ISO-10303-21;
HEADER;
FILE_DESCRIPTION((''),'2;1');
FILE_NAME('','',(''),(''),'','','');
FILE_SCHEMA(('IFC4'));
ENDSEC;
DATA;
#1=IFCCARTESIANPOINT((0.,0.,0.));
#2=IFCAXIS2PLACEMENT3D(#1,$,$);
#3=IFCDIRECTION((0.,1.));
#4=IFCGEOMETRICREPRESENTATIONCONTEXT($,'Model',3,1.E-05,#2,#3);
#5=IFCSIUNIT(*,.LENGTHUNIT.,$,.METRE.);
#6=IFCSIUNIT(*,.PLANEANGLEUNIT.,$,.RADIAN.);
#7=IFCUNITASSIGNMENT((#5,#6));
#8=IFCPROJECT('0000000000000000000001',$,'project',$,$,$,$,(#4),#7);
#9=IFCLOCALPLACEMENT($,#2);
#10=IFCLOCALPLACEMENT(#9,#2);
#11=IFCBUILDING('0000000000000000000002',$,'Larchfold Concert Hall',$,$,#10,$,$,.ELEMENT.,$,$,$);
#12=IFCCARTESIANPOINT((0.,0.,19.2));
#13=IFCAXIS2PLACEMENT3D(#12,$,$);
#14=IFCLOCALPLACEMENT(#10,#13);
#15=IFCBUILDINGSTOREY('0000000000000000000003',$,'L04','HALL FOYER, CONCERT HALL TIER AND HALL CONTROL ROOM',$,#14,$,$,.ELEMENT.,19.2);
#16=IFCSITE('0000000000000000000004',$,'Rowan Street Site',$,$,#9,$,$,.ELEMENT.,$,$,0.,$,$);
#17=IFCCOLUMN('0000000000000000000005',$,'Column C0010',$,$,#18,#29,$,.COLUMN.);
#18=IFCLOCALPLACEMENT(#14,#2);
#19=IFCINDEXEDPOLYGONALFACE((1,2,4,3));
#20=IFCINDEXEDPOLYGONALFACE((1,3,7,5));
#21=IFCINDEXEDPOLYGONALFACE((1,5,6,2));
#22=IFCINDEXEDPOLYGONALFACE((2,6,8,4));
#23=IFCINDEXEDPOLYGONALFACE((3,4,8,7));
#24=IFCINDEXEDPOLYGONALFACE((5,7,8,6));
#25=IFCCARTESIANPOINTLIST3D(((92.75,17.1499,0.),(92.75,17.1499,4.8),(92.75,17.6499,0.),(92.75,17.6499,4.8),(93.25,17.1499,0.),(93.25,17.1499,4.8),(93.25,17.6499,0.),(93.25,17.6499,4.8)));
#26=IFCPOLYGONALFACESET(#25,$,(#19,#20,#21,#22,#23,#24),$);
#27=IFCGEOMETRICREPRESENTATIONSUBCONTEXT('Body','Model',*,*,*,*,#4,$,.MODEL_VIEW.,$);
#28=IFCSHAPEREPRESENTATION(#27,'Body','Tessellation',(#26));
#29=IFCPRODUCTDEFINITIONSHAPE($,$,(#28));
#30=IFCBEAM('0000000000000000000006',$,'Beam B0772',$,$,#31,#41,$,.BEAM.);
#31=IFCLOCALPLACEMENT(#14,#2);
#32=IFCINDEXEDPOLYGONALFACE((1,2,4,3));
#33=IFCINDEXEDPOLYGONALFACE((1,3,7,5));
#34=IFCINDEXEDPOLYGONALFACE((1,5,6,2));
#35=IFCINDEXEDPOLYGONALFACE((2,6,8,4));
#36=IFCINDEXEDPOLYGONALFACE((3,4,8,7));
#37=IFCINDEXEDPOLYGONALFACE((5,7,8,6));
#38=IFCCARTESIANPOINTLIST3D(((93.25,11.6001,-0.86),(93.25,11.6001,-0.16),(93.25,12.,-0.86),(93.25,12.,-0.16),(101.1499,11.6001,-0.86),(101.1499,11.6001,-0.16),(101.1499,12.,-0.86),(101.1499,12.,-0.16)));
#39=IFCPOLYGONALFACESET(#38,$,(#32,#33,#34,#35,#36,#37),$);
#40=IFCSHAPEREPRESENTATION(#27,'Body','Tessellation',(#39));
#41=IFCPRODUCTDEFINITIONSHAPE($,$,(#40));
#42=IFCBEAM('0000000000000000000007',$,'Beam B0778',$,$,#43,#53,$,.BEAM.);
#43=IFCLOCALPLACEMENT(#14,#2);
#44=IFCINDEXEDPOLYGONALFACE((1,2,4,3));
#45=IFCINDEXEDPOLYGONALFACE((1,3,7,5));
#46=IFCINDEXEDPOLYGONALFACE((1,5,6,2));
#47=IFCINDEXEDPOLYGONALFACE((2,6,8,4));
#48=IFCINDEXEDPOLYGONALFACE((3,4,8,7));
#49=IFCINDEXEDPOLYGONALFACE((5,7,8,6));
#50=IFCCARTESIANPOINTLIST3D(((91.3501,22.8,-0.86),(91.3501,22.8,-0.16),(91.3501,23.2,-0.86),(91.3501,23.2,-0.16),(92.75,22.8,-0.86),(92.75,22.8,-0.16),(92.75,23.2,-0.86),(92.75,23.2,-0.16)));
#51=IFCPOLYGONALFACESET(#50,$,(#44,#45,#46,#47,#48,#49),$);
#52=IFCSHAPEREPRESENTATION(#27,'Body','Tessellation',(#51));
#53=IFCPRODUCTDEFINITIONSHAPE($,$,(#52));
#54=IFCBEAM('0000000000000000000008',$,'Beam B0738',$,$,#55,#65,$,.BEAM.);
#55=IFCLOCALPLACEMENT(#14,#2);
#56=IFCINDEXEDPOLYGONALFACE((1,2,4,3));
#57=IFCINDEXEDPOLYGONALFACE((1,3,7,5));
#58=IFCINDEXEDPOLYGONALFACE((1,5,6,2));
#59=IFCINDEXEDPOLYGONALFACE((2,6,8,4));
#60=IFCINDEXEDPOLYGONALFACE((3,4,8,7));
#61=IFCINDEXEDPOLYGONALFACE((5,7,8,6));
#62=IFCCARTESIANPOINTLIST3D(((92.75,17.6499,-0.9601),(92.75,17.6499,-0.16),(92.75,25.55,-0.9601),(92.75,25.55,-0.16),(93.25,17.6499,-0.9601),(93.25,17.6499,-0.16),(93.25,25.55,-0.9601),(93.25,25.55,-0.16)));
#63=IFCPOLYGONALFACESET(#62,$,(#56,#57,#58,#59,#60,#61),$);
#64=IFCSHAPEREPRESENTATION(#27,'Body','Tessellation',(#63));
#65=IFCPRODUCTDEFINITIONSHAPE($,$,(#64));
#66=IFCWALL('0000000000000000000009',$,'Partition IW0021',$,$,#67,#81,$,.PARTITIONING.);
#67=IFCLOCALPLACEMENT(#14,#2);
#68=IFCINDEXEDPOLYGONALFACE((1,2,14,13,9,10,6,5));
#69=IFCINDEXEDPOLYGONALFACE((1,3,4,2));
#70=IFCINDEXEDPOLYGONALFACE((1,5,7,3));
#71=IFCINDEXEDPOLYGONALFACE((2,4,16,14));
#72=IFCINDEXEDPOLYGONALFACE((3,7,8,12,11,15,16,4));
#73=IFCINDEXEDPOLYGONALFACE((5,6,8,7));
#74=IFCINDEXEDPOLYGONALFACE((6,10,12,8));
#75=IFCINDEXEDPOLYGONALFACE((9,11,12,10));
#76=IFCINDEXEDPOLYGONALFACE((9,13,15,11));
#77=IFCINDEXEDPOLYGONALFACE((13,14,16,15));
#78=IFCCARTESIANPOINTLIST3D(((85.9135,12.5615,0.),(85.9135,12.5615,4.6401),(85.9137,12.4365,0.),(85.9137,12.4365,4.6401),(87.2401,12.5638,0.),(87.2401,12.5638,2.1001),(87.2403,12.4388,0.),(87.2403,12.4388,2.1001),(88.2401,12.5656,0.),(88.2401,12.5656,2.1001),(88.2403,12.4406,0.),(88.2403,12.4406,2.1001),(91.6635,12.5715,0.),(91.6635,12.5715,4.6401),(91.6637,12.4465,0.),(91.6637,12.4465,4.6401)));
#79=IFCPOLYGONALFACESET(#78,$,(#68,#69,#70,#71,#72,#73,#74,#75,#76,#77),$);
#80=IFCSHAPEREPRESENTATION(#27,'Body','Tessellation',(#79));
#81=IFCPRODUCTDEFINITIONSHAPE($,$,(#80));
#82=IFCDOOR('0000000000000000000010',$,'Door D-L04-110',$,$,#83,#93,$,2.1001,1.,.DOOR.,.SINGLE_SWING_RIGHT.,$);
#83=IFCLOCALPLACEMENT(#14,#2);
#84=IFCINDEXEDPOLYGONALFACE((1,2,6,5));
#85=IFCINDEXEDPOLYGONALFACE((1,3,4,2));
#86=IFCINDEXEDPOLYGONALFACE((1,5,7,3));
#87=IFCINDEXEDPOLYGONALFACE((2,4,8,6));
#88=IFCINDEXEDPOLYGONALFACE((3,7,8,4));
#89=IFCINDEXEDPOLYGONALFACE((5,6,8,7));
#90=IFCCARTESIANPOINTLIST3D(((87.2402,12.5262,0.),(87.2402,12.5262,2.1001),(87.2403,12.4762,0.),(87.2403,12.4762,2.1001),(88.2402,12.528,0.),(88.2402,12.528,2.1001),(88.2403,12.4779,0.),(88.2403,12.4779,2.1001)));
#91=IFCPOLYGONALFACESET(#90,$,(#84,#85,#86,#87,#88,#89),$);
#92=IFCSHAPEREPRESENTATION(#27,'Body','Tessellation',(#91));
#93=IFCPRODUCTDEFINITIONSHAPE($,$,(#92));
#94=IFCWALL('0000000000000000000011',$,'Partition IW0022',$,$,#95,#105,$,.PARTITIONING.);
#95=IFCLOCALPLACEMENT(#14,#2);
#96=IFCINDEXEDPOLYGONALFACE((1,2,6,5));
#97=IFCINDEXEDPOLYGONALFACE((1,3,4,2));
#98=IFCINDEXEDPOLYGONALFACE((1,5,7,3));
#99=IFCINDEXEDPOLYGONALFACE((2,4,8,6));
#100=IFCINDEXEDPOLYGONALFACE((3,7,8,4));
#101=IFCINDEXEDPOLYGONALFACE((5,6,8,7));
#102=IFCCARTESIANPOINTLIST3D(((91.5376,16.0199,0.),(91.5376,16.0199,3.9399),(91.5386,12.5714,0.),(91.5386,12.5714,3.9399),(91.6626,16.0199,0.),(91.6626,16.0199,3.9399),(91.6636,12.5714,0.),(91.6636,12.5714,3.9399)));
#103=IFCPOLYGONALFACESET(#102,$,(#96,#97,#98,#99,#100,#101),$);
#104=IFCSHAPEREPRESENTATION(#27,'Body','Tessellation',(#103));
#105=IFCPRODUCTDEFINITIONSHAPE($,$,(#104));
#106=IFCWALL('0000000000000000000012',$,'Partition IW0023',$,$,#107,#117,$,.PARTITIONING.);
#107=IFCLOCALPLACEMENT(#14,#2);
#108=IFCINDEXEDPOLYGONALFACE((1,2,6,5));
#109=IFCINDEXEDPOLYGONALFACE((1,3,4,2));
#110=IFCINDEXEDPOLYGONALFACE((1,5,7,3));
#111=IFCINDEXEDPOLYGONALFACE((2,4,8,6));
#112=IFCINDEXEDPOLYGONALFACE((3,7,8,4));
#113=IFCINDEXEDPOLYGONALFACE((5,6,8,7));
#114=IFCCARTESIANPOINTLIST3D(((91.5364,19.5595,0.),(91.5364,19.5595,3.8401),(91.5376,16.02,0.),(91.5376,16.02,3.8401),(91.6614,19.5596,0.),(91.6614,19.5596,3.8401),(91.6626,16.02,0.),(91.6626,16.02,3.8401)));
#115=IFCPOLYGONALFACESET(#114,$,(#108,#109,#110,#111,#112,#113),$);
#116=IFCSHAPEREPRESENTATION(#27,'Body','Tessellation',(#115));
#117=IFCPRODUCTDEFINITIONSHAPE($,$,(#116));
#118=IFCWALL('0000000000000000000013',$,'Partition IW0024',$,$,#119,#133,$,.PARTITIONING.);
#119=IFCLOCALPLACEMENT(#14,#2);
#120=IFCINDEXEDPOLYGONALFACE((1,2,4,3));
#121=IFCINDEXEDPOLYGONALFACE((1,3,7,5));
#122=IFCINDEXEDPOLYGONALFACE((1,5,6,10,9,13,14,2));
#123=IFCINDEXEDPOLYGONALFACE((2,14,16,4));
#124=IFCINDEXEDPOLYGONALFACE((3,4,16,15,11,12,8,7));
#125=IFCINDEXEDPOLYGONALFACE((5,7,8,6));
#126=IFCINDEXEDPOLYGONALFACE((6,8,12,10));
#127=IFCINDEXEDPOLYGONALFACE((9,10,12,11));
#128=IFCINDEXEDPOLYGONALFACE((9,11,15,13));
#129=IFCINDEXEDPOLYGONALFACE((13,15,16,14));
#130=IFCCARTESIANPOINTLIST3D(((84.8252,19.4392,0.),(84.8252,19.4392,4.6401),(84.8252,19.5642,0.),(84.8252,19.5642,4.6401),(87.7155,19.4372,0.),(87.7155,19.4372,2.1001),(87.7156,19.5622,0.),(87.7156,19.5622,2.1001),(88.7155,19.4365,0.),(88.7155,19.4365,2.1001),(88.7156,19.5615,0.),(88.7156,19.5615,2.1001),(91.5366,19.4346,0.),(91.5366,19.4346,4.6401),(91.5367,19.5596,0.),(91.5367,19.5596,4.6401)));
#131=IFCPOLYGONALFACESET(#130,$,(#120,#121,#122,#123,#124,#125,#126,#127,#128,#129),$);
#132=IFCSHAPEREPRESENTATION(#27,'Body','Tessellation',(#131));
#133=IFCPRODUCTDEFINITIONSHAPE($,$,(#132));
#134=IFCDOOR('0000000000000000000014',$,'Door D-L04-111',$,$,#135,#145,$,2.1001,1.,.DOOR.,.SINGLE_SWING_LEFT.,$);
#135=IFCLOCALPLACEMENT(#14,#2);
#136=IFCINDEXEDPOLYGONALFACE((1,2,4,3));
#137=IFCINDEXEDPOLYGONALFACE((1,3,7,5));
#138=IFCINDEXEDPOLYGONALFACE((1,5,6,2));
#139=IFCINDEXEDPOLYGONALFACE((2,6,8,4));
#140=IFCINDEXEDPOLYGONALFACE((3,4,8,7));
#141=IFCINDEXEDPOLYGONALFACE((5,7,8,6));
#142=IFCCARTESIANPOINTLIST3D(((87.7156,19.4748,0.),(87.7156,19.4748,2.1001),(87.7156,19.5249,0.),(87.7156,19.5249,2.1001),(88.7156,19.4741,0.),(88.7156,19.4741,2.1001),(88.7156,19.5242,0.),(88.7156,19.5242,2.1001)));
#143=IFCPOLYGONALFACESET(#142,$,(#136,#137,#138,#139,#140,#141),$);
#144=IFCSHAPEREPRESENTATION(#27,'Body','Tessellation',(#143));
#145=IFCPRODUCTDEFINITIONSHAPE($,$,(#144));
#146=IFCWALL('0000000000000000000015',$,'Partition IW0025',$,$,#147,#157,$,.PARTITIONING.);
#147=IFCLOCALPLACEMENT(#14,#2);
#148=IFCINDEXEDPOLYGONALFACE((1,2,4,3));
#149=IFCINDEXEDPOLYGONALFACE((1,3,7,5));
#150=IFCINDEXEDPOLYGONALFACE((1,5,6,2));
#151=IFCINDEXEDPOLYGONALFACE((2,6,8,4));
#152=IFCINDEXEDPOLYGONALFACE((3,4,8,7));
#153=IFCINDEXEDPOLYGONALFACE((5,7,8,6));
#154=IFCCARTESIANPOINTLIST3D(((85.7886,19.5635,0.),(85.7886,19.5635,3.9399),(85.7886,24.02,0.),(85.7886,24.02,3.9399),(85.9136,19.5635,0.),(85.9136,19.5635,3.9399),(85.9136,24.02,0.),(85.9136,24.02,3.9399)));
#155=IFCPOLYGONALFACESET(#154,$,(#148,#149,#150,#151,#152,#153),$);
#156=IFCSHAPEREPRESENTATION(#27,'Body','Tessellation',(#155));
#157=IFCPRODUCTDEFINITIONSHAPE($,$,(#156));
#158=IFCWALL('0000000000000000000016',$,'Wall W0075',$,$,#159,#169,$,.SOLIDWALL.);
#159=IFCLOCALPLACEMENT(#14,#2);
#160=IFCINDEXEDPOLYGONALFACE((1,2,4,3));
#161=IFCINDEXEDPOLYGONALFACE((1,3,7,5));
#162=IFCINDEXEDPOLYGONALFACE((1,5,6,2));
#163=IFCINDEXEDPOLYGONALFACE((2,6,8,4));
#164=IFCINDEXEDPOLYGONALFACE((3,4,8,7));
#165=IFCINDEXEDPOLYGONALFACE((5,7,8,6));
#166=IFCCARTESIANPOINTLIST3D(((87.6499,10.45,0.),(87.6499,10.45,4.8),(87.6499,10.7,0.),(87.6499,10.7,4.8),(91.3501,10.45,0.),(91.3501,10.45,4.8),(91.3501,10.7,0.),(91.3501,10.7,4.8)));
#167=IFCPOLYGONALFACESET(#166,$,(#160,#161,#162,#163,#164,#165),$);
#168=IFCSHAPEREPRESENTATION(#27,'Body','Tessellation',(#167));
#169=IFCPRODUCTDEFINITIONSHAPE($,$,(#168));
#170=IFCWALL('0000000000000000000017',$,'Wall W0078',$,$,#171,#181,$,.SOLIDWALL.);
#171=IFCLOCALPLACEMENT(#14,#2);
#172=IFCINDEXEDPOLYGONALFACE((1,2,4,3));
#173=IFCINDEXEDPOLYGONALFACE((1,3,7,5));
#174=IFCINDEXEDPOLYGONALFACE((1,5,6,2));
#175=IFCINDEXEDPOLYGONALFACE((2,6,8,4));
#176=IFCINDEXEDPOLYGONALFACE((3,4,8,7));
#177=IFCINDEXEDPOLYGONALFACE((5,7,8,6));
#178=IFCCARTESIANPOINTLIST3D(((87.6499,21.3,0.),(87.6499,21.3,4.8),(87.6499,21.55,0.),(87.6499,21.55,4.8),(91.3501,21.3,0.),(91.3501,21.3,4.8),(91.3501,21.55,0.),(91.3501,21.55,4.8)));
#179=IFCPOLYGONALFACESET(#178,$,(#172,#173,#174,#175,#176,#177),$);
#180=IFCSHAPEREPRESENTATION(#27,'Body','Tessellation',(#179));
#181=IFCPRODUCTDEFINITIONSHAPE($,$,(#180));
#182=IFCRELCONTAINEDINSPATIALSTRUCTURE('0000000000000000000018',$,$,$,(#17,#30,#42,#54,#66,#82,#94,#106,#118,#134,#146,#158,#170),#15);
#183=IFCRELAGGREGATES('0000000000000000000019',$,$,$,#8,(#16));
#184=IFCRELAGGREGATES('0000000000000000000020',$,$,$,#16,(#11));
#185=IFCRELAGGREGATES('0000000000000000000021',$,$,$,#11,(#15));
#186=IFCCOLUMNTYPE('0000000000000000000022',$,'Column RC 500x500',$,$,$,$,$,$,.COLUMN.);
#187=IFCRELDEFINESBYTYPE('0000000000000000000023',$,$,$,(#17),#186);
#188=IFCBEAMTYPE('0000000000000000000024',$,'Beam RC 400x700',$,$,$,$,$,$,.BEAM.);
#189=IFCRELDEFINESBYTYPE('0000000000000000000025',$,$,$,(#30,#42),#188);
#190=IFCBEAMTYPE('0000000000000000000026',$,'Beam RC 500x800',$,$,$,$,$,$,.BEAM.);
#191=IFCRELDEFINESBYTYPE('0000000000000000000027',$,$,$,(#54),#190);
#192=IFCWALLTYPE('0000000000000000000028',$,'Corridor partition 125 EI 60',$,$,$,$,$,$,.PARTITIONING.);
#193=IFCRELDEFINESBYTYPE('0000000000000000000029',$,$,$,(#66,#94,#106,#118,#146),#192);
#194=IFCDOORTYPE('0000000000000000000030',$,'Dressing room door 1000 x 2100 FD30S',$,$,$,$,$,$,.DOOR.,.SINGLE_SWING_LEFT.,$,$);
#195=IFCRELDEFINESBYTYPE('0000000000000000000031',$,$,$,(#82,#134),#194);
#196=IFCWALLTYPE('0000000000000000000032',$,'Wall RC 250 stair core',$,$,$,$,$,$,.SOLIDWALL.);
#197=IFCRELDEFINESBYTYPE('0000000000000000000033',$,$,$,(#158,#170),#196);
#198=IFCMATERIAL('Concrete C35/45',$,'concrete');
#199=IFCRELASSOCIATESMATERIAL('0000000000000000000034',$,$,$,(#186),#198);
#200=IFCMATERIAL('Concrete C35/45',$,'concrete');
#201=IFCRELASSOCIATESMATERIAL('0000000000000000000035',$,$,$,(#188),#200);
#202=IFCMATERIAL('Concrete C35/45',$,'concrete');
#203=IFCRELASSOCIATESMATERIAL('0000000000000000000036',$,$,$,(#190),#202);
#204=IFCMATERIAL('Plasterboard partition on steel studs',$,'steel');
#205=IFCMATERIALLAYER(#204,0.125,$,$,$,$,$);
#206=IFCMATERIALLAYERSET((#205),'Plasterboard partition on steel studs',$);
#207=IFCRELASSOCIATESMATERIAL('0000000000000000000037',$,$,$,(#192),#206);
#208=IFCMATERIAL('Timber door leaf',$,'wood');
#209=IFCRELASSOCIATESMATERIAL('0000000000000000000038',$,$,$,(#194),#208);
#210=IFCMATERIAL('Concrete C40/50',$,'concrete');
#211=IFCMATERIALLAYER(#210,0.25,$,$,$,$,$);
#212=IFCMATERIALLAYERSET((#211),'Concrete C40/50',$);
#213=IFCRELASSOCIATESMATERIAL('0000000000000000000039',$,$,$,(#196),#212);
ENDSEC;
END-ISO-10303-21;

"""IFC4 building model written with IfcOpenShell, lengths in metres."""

from ifc_helpers import new_model, si_unit, direction, frame, frame_2d, origin, origin_2d, place, context, subcontext, project, spatial, rectangle, extrude, material, layer, layer_set, material_profile, profile_set, type_object, element, fill, save


model = new_model("IFC4")

# Units and contexts
model_context = context("Model", 3, precision=1e-05, world=origin(), true_north=direction((0.0, 1.0)))
body_context = subcontext(model_context, "Body", "Model", "MODEL_VIEW")
ifc_project = project(units=[si_unit("LENGTHUNIT", "METRE"), si_unit("PLANEANGLEUNIT", "RADIAN")], contexts=[model_context])

# Site, building, storey
site_placement = place(None, origin())
site = spatial("IfcSite", under=ifc_project, at=site_placement, Name="Rowan Street Site", CompositionType="ELEMENT", RefElevation=0.0)
building_placement = place(site_placement, origin())
building = spatial("IfcBuilding", under=site, at=building_placement, Name="Larchfold Concert Hall", CompositionType="ELEMENT")
storey_placement = place(building_placement, frame((0.0, 0.0, 19.2)))
storey = spatial("IfcBuildingStorey", under=building, at=storey_placement, Name="L04", Description="HALL FOYER, CONCERT HALL TIER AND HALL CONTROL ROOM", CompositionType="ELEMENT", Elevation=19.2)

# Column
ifc_material_1 = material(Name="Concrete C35/45", Category="concrete")
ifc_material_profile_1 = material_profile(ifc_material_1, rectangle(XDim=0.5, YDim=0.5, at=origin_2d()))
ifc_profile_set_1 = profile_set([ifc_material_profile_1], Name="Concrete C35/45")
column_type = type_object("IfcColumnType", Name="Column RC 500x500", PredefinedType="COLUMN", material=ifc_profile_set_1)
column_placement = place(storey_placement, frame((93.0, 17.3999, 0.0), z_axis=(0.0, 0.0, 1.0), x_axis=(1.0, 0.0, 0.0)))
element("IfcColumn", 1, at=column_placement, inside=storey, type_object=column_type, Name="Column C0010", PredefinedType="COLUMN", context=body_context, shape_type="SweptSolid", body=[
    extrude(rectangle(XDim=0.5, YDim=0.5, at=origin_2d()), origin(), (0.0, 0.0, 1.0), 4.8),
])

# Beams
ifc_material_2 = material(Name="Concrete C35/45", Category="concrete")
ifc_material_profile_2 = material_profile(ifc_material_2, rectangle(XDim=0.3999, YDim=0.7, at=origin_2d()))
ifc_profile_set_2 = profile_set([ifc_material_profile_2], Name="Concrete C35/45")
beam_type_1 = type_object("IfcBeamType", Name="Beam RC 400x700", PredefinedType="BEAM", material=ifc_profile_set_2)
beam_1_placement = place(storey_placement, frame((93.25, 11.8, -0.51), z_axis=(1.0, 0.0, 0.0), x_axis=(0.0, 1.0, 0.0)))
element("IfcBeam", 2, at=beam_1_placement, inside=storey, type_object=beam_type_1, Name="Beam B0772", PredefinedType="BEAM", context=body_context, shape_type="SweptSolid", body=[
    extrude(rectangle(XDim=0.3999, YDim=0.7, at=origin_2d()), origin(), (0.0, 0.0, 1.0), 7.8999),
])
beam_2_placement = place(storey_placement, frame((91.3501, 23.0, -0.51), z_axis=(1.0, 0.0, 0.0), x_axis=(0.0, 1.0, 0.0)))
element("IfcBeam", 3, at=beam_2_placement, inside=storey, type_object=beam_type_1, Name="Beam B0778", PredefinedType="BEAM", context=body_context, shape_type="SweptSolid", body=[
    extrude(rectangle(XDim=0.3999, YDim=0.7, at=origin_2d()), origin(), (0.0, 0.0, 1.0), 1.3999),
])
ifc_material_3 = material(Name="Concrete C35/45", Category="concrete")
ifc_material_profile_3 = material_profile(ifc_material_3, rectangle(XDim=0.5, YDim=0.8, at=origin_2d()))
ifc_profile_set_3 = profile_set([ifc_material_profile_3], Name="Concrete C35/45")
beam_type_2 = type_object("IfcBeamType", Name="Beam RC 500x800", PredefinedType="BEAM", material=ifc_profile_set_3)
beam_3_placement = place(storey_placement, frame((93.0, 17.6499, -0.5601), z_axis=(0.0, 1.0, 0.0), x_axis=(-1.0, 0.0, 0.0)))
element("IfcBeam", 4, at=beam_3_placement, inside=storey, type_object=beam_type_2, Name="Beam B0738", PredefinedType="BEAM", context=body_context, shape_type="SweptSolid", body=[
    extrude(rectangle(XDim=0.5, YDim=0.8, at=origin_2d()), origin(), (0.0, 0.0, 1.0), 7.9001),
])

# Wall, opening, door
ifc_material_4 = material(Name="Plasterboard partition on steel studs", Category="steel")
ifc_layer_1 = layer(ifc_material_4, 0.125)
ifc_layer_set_1 = layer_set([ifc_layer_1], Name="Plasterboard partition on steel studs")
wall_type_1 = type_object("IfcWallType", Name="Corridor partition 125 EI 60", PredefinedType="PARTITIONING", material=ifc_layer_set_1)
wall_1_placement = place(storey_placement, frame((85.9136, 12.499, 0.0), z_axis=(0.0, 0.0, 1.0), x_axis=(0.999998, 0.001741, 0.0)))
wall_1 = element("IfcWall", 5, at=wall_1_placement, inside=storey, type_object=wall_type_1, Name="Partition IW0021", PredefinedType="PARTITIONING", context=body_context, shape_type="SweptSolid", body=[
    extrude(rectangle(XDim=5.75, YDim=0.125, at=frame_2d((2.875, 0.0))), origin(), (0.0, 0.0, 1.0), 4.6401),
])
opening_1_placement = place(wall_1_placement, frame((1.3267, 0.0, 0.0)))
opening_1 = element("IfcOpeningElement", 6, at=opening_1_placement, cuts=wall_1, PredefinedType="OPENING", context=body_context, shape_type="SweptSolid", body=[
    extrude(rectangle(XDim=1.0, YDim=2.1001, at=frame_2d((0.5, 1.05))), frame((0.0, 0.0725, 0.0), z_axis=(0.0, -1.0, 0.0), x_axis=(1.0, 0.0, 0.0)), (0.0, 0.0, 1.0), 0.145),
])
ifc_material_5 = material(Name="Timber door leaf", Category="wood")
door_type_1 = type_object("IfcDoorType", Name="Dressing room door 1000 x 2100 FD30S", OperationType="SINGLE_SWING_LEFT", PredefinedType="DOOR", material=ifc_material_5)
door_1_placement = place(opening_1_placement, origin())
door_1 = element("IfcDoor", 7, at=door_1_placement, inside=storey, type_object=door_type_1, Name="Door D-L04-110", OperationType="SINGLE_SWING_RIGHT", OverallHeight=2.1001, OverallWidth=1.0, PredefinedType="DOOR", context=body_context, shape_type="SweptSolid", body=[
    extrude(rectangle(XDim=1.0, YDim=2.1001, at=frame_2d((0.5, 1.05))), frame((0.0, 0.0249, 0.0), z_axis=(0.0, -1.0, 0.0), x_axis=(1.0, 0.0, 0.0)), (0.0, 0.0, 1.0), 0.05),
])
fill(opening_1, door_1)

# Walls
wall_2_placement = place(storey_placement, frame((91.6011, 12.5715, 0.0), z_axis=(0.0, 0.0, 1.0), x_axis=(-0.000283, 1.0, 0.0)))
element("IfcWall", 8, at=wall_2_placement, inside=storey, type_object=wall_type_1, Name="Partition IW0022", PredefinedType="PARTITIONING", context=body_context, shape_type="SweptSolid", body=[
    extrude(rectangle(XDim=3.4485, YDim=0.125, at=frame_2d((1.7241, 0.0))), origin(), (0.0, 0.0, 1.0), 3.9399),
])
wall_3_placement = place(storey_placement, frame((91.6001, 16.02, 0.0), z_axis=(0.0, 0.0, 1.0), x_axis=(-0.000345, 1.0, 0.0)))
element("IfcWall", 9, at=wall_3_placement, inside=storey, type_object=wall_type_1, Name="Partition IW0023", PredefinedType="PARTITIONING", context=body_context, shape_type="SweptSolid", body=[
    extrude(rectangle(XDim=3.5396, YDim=0.125, at=frame_2d((1.7698, 0.0))), origin(), (0.0, 0.0, 1.0), 3.8401),
])

# Wall, opening, door
wall_4_placement = place(storey_placement, frame((91.5366, 19.4971, 0.0), z_axis=(0.0, 0.0, 1.0), x_axis=(-1.0, 0.000691, 0.0)))
wall_4 = element("IfcWall", 10, at=wall_4_placement, inside=storey, type_object=wall_type_1, Name="Partition IW0024", PredefinedType="PARTITIONING", context=body_context, shape_type="SweptSolid", body=[
    extrude(rectangle(XDim=6.7114, YDim=0.125, at=frame_2d((3.3557, 0.0))), origin(), (0.0, 0.0, 1.0), 4.6401),
])
opening_2_placement = place(wall_4_placement, frame((2.821, 0.0, 0.0)))
opening_2 = element("IfcOpeningElement", 11, at=opening_2_placement, cuts=wall_4, PredefinedType="OPENING", context=body_context, shape_type="SweptSolid", body=[
    extrude(rectangle(XDim=1.0, YDim=2.1001, at=frame_2d((0.5, 1.05))), frame((0.0, 0.0725, 0.0), z_axis=(0.0, -1.0, 0.0), x_axis=(1.0, 0.0, 0.0)), (0.0, 0.0, 1.0), 0.145),
])
door_2_placement = place(opening_2_placement, origin())
door_2 = element("IfcDoor", 12, at=door_2_placement, inside=storey, type_object=door_type_1, Name="Door D-L04-111", OperationType="SINGLE_SWING_LEFT", OverallHeight=2.1001, OverallWidth=1.0, PredefinedType="DOOR", context=body_context, shape_type="SweptSolid", body=[
    extrude(rectangle(XDim=1.0, YDim=2.1001, at=frame_2d((0.5, 1.05))), frame((0.0, 0.0249, 0.0), z_axis=(0.0, -1.0, 0.0), x_axis=(1.0, 0.0, 0.0)), (0.0, 0.0, 1.0), 0.05),
])
fill(opening_2, door_2)

# Walls
wall_5_placement = place(storey_placement, frame((85.8511, 19.5635, 0.0), z_axis=(0.0, 0.0, 1.0), x_axis=(0.0, 1.0, 0.0)))
element("IfcWall", 13, at=wall_5_placement, inside=storey, type_object=wall_type_1, Name="Partition IW0025", PredefinedType="PARTITIONING", context=body_context, shape_type="SweptSolid", body=[
    extrude(rectangle(XDim=4.4565, YDim=0.125, at=frame_2d((2.2283, 0.0))), origin(), (0.0, 0.0, 1.0), 3.9399),
])
ifc_material_6 = material(Name="Concrete C40/50", Category="concrete")
ifc_layer_2 = layer(ifc_material_6, 0.25)
ifc_layer_set_2 = layer_set([ifc_layer_2], Name="Concrete C40/50")
wall_type_2 = type_object("IfcWallType", Name="Wall RC 250 stair core", PredefinedType="SOLIDWALL", material=ifc_layer_set_2)
for number, where, z_axis, x_axis, name in (
    (14, (87.6499, 10.575, 0.0), (0.0, 0.0, 1.0), (1.0, 0.0, 0.0), "Wall W0075"),
    (15, (87.6499, 21.425, 0.0), (0.0, 0.0, 1.0), (1.0, 0.0, 0.0), "Wall W0078"),
):
    element("IfcWall", number, at=place(storey_placement, frame(where, z_axis=z_axis, x_axis=x_axis)), inside=storey, type_object=wall_type_2, Name=name, PredefinedType="SOLIDWALL", context=body_context, shape_type="SweptSolid", body=[
        extrude(rectangle(XDim=3.7002, YDim=0.25, at=frame_2d((1.8501, 0.0))), origin(), (0.0, 0.0, 1.0), 4.8),
    ])

save(model, "model.ifc")
